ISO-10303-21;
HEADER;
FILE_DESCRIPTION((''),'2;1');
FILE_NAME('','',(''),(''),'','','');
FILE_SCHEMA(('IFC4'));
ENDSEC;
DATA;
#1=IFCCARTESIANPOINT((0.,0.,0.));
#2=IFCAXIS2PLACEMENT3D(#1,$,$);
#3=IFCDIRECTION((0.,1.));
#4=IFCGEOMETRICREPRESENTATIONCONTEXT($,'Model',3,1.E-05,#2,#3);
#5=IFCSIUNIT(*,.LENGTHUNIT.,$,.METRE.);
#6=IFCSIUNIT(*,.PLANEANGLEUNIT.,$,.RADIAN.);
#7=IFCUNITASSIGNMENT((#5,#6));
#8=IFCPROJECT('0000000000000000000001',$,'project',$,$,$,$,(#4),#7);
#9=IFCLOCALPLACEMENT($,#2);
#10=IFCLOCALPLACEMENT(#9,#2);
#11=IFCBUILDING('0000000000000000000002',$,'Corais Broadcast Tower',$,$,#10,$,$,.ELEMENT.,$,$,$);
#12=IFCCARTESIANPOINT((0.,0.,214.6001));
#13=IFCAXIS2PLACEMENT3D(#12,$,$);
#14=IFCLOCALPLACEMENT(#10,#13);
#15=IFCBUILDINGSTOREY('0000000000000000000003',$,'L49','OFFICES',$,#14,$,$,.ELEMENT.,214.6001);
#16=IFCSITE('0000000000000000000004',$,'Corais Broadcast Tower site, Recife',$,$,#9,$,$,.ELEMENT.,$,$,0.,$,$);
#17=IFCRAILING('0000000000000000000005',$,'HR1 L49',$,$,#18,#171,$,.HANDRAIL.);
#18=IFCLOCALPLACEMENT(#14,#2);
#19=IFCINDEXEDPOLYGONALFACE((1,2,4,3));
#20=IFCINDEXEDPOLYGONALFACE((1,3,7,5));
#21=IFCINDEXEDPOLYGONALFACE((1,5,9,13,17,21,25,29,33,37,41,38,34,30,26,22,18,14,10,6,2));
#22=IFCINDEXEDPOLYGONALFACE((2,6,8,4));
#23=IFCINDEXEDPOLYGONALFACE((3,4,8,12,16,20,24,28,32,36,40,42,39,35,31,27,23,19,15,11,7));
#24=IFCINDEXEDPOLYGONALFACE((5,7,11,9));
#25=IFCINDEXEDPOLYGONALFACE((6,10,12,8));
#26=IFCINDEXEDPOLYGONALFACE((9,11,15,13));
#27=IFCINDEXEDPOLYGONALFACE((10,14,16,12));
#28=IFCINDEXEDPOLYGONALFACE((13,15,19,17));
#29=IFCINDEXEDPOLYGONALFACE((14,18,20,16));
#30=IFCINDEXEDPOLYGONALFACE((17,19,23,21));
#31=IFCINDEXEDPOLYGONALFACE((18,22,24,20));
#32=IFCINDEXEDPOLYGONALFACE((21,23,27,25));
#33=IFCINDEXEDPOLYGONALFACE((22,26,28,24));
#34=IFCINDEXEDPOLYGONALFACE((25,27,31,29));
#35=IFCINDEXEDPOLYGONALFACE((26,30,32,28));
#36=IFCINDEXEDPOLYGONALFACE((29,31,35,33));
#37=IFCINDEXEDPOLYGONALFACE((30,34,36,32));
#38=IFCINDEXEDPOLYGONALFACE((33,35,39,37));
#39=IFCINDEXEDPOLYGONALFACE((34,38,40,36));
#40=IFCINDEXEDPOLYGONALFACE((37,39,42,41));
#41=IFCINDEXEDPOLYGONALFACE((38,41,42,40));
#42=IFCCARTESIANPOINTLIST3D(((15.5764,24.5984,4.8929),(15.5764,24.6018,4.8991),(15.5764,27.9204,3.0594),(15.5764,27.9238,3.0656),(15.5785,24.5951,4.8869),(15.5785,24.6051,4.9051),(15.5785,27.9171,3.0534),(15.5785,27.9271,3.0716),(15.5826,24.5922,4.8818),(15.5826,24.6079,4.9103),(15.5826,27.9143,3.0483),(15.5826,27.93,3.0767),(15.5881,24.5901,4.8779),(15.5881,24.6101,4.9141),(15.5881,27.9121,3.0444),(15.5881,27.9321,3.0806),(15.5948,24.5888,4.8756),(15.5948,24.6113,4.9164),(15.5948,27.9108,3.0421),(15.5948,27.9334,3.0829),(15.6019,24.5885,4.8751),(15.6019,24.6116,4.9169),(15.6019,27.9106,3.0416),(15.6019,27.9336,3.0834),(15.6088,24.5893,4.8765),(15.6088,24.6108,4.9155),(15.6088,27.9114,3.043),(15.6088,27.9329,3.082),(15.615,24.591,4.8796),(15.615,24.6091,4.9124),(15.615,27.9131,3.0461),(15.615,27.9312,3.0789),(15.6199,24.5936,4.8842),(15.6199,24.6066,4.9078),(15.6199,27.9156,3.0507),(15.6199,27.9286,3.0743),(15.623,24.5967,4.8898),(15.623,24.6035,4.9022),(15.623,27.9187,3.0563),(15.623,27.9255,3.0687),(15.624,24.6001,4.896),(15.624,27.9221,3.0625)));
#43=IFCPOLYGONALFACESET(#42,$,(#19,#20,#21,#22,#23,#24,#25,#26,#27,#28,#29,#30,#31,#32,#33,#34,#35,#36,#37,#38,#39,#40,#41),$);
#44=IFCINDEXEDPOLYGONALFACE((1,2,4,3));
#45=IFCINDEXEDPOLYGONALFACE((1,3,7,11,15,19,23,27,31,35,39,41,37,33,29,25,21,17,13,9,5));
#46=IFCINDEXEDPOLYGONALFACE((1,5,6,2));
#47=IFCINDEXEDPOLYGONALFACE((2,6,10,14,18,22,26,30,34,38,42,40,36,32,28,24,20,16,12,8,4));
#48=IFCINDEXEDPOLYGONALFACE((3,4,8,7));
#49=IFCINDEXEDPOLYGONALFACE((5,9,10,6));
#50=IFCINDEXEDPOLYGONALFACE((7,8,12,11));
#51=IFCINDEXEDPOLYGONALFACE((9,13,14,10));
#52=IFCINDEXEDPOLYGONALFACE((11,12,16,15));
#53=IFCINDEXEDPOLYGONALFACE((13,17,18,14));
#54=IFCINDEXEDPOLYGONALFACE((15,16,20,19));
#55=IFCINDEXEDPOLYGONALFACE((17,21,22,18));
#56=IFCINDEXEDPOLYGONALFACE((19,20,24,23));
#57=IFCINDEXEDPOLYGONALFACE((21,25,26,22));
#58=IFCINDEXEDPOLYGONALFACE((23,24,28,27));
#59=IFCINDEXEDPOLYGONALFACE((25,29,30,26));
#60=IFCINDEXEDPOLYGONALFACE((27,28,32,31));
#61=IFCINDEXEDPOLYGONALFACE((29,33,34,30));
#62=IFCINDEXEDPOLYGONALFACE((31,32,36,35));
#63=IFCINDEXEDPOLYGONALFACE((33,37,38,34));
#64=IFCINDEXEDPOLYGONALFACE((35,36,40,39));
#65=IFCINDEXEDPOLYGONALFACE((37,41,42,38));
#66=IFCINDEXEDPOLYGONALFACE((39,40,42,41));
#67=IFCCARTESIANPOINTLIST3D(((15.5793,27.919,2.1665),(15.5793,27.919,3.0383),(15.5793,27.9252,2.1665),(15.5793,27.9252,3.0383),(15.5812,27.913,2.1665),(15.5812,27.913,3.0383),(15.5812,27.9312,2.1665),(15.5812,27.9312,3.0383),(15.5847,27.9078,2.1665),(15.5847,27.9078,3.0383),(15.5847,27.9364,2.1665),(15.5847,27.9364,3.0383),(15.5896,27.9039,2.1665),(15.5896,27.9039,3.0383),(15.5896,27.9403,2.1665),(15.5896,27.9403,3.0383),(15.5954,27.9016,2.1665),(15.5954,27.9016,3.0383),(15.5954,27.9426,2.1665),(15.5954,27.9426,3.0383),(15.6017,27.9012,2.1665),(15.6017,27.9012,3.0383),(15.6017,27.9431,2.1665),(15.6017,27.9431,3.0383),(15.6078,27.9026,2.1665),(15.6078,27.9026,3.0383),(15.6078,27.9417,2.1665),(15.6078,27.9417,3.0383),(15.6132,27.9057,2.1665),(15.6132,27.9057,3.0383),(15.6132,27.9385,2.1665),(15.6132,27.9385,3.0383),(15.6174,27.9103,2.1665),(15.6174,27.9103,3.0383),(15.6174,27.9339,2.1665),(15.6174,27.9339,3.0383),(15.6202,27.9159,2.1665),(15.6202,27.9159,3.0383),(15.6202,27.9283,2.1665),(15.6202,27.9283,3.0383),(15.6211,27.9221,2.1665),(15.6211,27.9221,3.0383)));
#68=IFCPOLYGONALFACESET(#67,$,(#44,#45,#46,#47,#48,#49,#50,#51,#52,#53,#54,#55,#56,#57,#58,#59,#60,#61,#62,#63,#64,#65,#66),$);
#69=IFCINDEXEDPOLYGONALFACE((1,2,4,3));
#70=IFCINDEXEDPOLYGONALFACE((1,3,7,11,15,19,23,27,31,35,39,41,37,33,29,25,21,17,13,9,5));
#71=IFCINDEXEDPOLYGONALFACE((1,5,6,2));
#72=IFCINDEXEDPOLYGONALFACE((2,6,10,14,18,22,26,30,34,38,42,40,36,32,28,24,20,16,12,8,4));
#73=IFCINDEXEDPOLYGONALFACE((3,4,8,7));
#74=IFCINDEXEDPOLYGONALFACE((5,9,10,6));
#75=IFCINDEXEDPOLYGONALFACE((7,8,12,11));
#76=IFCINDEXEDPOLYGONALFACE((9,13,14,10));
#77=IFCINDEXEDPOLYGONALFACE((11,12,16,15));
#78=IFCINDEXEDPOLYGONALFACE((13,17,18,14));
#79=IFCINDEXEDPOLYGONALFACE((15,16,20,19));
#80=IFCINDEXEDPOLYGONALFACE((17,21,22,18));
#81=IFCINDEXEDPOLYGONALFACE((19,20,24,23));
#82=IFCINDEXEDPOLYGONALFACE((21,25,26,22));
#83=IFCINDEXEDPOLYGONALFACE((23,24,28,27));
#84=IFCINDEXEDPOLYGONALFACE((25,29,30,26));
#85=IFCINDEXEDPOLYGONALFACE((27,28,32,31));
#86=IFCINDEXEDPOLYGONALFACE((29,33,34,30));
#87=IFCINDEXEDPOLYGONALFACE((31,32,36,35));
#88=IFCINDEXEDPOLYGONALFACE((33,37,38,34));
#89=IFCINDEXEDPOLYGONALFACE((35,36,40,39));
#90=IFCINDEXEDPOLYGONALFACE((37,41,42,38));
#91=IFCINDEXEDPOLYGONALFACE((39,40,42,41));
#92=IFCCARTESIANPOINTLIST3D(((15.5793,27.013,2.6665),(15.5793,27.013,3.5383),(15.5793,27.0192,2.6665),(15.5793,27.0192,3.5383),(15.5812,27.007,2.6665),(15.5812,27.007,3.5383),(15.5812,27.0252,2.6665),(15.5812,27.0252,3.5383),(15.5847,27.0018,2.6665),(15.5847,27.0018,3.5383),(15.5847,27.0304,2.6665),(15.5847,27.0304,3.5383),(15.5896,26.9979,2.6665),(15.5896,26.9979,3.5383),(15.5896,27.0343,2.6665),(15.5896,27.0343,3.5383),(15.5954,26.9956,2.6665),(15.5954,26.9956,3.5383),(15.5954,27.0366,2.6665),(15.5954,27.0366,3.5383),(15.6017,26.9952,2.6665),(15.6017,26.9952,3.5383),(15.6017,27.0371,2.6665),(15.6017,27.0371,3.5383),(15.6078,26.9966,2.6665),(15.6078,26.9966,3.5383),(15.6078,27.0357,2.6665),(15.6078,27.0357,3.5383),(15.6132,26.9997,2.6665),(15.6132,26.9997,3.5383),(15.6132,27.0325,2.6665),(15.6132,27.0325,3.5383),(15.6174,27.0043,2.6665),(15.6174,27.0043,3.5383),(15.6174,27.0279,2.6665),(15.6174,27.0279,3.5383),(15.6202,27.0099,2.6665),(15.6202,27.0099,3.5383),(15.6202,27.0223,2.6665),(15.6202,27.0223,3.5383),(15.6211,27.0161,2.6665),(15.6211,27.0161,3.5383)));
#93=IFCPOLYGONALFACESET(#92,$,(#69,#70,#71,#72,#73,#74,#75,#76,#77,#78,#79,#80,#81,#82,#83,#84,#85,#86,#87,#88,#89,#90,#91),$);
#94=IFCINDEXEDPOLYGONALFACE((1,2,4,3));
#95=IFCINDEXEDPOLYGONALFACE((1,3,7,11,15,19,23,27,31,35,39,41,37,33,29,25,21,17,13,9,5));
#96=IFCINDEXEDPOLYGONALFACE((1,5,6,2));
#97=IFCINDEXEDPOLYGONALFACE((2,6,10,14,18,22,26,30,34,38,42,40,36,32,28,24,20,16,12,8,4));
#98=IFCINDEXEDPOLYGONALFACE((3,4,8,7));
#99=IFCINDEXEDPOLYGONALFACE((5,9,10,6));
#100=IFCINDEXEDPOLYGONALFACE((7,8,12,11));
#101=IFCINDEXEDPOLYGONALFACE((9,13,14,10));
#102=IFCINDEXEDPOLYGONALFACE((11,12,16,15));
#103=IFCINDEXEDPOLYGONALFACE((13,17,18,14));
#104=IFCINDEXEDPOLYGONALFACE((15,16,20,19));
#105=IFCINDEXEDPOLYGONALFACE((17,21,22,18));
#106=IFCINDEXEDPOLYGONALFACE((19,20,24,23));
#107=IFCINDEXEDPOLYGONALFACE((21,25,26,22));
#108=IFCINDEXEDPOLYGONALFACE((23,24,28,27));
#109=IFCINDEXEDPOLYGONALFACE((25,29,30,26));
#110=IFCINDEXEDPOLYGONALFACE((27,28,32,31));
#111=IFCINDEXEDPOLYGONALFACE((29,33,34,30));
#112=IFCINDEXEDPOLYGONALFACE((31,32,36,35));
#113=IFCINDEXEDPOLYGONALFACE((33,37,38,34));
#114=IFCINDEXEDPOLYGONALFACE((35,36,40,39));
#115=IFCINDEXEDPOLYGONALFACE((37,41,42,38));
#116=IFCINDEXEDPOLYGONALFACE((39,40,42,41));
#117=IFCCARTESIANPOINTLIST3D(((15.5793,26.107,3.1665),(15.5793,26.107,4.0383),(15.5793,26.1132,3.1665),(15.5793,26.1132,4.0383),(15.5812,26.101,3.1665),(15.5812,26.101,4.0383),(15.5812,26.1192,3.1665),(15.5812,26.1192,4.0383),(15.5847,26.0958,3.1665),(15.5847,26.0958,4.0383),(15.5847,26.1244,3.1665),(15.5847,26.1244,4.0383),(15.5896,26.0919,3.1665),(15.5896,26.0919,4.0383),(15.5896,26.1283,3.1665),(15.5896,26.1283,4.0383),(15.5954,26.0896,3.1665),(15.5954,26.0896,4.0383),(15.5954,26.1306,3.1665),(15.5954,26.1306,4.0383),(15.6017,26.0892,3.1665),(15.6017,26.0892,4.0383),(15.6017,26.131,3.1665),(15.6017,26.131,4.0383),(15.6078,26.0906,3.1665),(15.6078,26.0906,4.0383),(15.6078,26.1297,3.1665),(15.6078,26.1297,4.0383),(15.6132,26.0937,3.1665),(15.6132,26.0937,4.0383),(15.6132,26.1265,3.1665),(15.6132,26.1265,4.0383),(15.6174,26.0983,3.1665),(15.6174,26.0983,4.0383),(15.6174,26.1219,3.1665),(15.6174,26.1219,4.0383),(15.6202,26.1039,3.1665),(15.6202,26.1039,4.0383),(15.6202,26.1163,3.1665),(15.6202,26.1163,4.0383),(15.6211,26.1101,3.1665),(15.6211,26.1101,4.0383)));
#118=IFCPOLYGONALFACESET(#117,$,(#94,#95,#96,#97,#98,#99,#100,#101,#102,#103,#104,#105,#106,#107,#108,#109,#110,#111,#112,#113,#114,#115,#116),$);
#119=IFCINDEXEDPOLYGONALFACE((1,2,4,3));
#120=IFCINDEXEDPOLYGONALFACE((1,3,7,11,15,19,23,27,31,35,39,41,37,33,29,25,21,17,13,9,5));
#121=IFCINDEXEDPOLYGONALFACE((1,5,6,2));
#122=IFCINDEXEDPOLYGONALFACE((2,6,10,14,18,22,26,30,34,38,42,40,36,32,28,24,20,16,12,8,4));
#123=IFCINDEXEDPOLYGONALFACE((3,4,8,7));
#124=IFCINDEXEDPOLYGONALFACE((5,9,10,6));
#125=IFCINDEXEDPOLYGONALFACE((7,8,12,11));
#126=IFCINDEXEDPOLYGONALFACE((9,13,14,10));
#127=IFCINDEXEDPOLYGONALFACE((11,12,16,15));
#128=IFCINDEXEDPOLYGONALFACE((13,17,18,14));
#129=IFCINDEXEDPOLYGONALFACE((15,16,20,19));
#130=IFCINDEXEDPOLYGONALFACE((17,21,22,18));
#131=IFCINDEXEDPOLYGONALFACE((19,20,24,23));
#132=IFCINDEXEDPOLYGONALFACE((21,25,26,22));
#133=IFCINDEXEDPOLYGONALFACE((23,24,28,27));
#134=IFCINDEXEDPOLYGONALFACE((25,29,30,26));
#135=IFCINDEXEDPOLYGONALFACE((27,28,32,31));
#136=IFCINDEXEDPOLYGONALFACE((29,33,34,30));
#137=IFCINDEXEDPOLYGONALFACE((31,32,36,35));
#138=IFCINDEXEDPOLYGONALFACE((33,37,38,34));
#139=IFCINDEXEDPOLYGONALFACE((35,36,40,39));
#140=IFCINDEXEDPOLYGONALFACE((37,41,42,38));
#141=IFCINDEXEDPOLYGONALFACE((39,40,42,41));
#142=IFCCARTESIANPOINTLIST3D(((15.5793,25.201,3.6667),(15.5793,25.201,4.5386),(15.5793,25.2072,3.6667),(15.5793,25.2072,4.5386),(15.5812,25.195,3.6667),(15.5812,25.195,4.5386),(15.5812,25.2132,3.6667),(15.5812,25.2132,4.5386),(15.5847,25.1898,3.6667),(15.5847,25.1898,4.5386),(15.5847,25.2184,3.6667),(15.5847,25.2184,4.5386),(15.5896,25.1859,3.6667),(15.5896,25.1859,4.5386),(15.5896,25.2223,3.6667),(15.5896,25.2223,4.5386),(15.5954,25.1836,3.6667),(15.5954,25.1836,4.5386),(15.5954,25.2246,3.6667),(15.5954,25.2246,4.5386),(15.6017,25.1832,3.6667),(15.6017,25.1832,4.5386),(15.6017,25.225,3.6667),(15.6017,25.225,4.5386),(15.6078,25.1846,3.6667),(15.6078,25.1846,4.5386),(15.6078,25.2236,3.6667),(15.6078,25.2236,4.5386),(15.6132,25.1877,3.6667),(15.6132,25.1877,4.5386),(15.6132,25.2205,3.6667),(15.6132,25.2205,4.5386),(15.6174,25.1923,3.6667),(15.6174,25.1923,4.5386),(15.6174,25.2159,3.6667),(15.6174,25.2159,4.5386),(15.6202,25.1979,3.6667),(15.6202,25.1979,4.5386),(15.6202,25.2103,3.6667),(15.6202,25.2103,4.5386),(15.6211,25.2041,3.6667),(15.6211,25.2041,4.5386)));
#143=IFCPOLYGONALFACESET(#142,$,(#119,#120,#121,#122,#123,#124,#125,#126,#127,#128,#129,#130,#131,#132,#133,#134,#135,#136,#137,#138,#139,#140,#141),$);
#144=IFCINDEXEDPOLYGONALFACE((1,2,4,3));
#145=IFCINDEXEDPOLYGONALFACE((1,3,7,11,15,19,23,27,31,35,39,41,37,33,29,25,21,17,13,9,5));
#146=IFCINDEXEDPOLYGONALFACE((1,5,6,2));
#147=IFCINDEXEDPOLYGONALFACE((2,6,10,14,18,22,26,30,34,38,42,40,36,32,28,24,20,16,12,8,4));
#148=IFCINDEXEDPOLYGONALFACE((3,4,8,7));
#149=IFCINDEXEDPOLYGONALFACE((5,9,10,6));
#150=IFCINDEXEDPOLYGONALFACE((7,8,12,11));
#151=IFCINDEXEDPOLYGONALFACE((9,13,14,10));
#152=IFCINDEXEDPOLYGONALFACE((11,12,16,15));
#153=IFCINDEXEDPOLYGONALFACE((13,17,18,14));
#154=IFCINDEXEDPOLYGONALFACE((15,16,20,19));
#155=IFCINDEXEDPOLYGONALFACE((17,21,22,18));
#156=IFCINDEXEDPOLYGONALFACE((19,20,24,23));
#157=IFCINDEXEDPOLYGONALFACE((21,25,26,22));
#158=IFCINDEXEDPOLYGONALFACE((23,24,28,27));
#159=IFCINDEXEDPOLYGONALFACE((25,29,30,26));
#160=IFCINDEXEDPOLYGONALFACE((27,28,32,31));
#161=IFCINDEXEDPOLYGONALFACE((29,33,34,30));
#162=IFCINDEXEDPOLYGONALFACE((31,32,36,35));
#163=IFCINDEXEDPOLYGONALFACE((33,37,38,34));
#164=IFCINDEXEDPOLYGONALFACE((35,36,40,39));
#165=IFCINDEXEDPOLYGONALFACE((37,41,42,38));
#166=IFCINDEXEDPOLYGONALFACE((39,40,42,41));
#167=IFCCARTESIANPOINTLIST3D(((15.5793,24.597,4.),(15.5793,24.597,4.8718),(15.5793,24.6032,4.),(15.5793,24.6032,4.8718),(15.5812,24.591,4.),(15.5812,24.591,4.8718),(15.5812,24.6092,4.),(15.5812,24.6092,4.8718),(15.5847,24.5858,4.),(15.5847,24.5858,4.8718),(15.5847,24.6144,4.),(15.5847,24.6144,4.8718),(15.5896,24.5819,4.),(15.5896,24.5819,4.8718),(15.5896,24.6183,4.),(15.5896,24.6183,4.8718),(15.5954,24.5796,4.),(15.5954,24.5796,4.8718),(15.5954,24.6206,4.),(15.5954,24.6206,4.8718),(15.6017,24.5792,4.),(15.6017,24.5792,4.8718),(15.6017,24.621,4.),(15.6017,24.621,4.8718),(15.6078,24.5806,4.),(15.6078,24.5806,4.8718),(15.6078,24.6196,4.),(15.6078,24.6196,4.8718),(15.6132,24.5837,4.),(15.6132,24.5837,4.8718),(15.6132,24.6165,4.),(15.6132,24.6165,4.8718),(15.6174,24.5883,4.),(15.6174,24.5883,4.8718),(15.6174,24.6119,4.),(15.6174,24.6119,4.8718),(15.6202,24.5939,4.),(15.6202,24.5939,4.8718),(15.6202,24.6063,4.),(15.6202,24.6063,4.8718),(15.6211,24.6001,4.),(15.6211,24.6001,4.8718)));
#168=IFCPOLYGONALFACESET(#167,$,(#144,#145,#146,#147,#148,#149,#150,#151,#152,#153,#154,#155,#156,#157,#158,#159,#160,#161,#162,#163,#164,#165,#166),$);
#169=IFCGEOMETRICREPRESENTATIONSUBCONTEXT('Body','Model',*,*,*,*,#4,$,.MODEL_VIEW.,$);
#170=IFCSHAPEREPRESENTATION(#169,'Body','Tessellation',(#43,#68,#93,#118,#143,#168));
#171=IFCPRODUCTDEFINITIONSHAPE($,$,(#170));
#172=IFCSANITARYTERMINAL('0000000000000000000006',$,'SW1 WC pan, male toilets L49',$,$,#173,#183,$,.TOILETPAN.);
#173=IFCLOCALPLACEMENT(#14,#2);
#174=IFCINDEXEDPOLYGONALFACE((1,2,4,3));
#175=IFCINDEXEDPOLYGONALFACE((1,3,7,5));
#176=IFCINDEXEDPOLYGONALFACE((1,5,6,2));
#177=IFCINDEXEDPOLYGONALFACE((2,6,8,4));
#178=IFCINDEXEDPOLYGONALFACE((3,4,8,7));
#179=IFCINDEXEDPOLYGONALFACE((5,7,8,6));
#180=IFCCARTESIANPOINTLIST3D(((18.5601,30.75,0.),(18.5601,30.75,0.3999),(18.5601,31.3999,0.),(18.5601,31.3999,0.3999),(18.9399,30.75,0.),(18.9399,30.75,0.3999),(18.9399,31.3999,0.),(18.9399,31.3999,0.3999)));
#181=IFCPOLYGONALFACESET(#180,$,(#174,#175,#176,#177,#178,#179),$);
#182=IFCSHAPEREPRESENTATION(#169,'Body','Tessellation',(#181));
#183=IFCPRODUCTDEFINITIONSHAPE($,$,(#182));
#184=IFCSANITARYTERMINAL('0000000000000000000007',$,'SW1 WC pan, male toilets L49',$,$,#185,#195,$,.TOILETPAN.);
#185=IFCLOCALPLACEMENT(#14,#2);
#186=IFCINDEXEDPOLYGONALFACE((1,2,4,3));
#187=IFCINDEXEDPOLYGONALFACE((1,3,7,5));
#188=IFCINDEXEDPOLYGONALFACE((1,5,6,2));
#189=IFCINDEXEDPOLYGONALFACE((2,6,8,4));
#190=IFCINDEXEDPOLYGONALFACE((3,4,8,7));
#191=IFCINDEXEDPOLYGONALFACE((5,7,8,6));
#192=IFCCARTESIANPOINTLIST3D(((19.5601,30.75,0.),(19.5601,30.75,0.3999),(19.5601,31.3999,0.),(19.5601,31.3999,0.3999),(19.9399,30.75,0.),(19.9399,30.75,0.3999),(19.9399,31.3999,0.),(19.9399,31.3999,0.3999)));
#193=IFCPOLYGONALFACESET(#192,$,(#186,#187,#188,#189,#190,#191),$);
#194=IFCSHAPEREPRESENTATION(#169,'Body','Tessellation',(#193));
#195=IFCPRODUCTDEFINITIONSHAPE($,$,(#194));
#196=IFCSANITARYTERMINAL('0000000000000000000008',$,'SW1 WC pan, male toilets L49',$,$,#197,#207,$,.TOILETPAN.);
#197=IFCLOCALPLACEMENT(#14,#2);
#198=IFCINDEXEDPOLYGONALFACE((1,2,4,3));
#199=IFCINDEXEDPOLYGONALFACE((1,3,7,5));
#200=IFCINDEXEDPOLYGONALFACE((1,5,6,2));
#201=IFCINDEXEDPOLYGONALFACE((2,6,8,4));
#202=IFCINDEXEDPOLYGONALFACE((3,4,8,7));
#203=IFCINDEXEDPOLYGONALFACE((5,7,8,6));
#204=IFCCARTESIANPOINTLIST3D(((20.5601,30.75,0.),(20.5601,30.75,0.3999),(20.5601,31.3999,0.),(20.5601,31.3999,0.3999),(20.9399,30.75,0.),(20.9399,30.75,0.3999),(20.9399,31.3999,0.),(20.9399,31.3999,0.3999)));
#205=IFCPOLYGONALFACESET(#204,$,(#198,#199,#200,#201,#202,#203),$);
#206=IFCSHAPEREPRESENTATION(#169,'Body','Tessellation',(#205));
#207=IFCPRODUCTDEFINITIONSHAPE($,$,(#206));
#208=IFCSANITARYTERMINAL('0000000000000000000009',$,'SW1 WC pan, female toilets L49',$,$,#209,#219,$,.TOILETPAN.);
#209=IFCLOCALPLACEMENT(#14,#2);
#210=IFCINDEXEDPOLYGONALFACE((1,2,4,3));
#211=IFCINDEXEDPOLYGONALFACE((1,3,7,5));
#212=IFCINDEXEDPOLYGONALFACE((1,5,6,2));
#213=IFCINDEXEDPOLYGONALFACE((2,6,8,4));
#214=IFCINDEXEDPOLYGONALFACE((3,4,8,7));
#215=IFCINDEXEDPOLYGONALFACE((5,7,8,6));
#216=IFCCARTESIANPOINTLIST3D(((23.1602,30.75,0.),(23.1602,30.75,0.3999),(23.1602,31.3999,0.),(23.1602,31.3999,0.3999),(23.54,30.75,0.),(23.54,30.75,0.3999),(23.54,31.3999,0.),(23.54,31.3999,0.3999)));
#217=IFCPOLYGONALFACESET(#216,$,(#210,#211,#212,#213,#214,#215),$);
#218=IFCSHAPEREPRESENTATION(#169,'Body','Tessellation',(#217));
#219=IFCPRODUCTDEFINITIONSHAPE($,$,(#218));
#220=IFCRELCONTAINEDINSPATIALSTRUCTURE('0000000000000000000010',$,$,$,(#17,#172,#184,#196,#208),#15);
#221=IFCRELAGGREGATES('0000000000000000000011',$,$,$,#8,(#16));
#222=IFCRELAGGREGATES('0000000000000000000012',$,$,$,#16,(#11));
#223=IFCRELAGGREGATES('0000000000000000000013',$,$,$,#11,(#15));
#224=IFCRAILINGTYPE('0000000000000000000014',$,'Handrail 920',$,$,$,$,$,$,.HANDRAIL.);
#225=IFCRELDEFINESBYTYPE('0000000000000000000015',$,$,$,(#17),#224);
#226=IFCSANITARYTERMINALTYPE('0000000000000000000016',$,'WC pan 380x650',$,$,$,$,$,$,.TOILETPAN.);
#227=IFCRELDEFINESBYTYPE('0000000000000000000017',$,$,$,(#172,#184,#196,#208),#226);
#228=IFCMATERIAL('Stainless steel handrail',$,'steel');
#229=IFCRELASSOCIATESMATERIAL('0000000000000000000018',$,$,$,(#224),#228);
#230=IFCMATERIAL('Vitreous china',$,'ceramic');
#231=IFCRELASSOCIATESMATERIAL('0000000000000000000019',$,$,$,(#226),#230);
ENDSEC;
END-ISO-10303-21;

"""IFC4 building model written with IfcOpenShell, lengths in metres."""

from ifc_helpers import new_model, si_unit, direction, frame, origin, origin_2d, place, context, subcontext, project, spatial, rectangle, circle, extrude, material, type_object, element, save


model = new_model("IFC4")

# Units and contexts
model_context = context("Model", 3, precision=1e-05, world=origin(), true_north=direction((0.0, 1.0)))
body_context = subcontext(model_context, "Body", "Model", "MODEL_VIEW")
ifc_project = project(units=[si_unit("LENGTHUNIT", "METRE"), si_unit("PLANEANGLEUNIT", "RADIAN")], contexts=[model_context])

# Site, building, storey
site_placement = place(None, origin())
site = spatial("IfcSite", under=ifc_project, at=site_placement, Name="Corais Broadcast Tower site, Recife", CompositionType="ELEMENT", RefElevation=0.0)
building_placement = place(site_placement, origin())
building = spatial("IfcBuilding", under=site, at=building_placement, Name="Corais Broadcast Tower", CompositionType="ELEMENT")
storey_placement = place(building_placement, frame((0.0, 0.0, 214.6001)))
storey = spatial("IfcBuildingStorey", under=building, at=storey_placement, Name="L49", Description="OFFICES", CompositionType="ELEMENT", Elevation=214.6001)

# Railing
ifc_material_1 = material(Name="Stainless steel handrail", Category="steel")
railing_type = type_object("IfcRailingType", Name="Handrail 920", PredefinedType="HANDRAIL", material=ifc_material_1)
for number, where, name in (
    (1, (15.6001, 27.9221, 2.1665), "HR1 L49"),
):
    element("IfcRailing", number, at=place(storey_placement, frame(where)), inside=storey, type_object=railing_type, Name=name, PredefinedType="HANDRAIL", context=body_context, shape_type="SweptSolid", body=[
        extrude(circle(Radius=0.0239, at=origin_2d()), frame((0.0, 0.0, 0.896), z_axis=(0.0, -0.875504, 0.48321), x_axis=(1.0, 0.0, 0.0)), (0.0, 0.0, 1.0), 3.7944),
        extrude(circle(Radius=0.021, at=origin_2d()), origin(), (0.0, 0.0, 1.0), 0.8718),
        extrude(circle(Radius=0.021, at=origin_2d()), frame((0.0, -0.906, 0.5)), (0.0, 0.0, 1.0), 0.8718),
        extrude(circle(Radius=0.021, at=origin_2d()), frame((0.0, -1.812, 1.0)), (0.0, 0.0, 1.0), 0.8718),
        extrude(circle(Radius=0.021, at=origin_2d()), frame((0.0, -2.718, 1.5002)), (0.0, 0.0, 1.0), 0.8718),
        extrude(circle(Radius=0.021, at=origin_2d()), frame((0.0, -3.322, 1.8335)), (0.0, 0.0, 1.0), 0.8718),
    ])

# Sanitary terminals
ifc_material_2 = material(Name="Vitreous china", Category="ceramic")
sanitary_terminal_type_1 = type_object("IfcSanitaryTerminalType", Name="WC pan 380x650", PredefinedType="TOILETPAN", material=ifc_material_2)
for number, where, z_axis, x_axis, name in (
    (2, (18.75, 31.075, 0.0), (0.0, 0.0, 1.0), (1.0, 0.0, 0.0), "SW1 WC pan, male toilets L49"),
    (3, (19.75, 31.075, 0.0), (0.0, 0.0, 1.0), (1.0, 0.0, 0.0), "SW1 WC pan, male toilets L49"),
    (4, (20.75, 31.075, 0.0), (0.0, 0.0, 1.0), (1.0, 0.0, 0.0), "SW1 WC pan, male toilets L49"),
    (5, (23.3501, 31.075, 0.0), (0.0, 0.0, 1.0), (1.0, 0.0, 0.0), "SW1 WC pan, female toilets L49"),
):
    element("IfcSanitaryTerminal", number, at=place(storey_placement, frame(where, z_axis=z_axis, x_axis=x_axis)), inside=storey, type_object=sanitary_terminal_type_1, Name=name, PredefinedType="TOILETPAN", context=body_context, shape_type="SweptSolid", body=[
        extrude(rectangle(XDim=0.3799, YDim=0.6499, at=origin_2d()), origin(), (0.0, 0.0, 1.0), 0.3999),
    ])

save(model, "model.ifc")
